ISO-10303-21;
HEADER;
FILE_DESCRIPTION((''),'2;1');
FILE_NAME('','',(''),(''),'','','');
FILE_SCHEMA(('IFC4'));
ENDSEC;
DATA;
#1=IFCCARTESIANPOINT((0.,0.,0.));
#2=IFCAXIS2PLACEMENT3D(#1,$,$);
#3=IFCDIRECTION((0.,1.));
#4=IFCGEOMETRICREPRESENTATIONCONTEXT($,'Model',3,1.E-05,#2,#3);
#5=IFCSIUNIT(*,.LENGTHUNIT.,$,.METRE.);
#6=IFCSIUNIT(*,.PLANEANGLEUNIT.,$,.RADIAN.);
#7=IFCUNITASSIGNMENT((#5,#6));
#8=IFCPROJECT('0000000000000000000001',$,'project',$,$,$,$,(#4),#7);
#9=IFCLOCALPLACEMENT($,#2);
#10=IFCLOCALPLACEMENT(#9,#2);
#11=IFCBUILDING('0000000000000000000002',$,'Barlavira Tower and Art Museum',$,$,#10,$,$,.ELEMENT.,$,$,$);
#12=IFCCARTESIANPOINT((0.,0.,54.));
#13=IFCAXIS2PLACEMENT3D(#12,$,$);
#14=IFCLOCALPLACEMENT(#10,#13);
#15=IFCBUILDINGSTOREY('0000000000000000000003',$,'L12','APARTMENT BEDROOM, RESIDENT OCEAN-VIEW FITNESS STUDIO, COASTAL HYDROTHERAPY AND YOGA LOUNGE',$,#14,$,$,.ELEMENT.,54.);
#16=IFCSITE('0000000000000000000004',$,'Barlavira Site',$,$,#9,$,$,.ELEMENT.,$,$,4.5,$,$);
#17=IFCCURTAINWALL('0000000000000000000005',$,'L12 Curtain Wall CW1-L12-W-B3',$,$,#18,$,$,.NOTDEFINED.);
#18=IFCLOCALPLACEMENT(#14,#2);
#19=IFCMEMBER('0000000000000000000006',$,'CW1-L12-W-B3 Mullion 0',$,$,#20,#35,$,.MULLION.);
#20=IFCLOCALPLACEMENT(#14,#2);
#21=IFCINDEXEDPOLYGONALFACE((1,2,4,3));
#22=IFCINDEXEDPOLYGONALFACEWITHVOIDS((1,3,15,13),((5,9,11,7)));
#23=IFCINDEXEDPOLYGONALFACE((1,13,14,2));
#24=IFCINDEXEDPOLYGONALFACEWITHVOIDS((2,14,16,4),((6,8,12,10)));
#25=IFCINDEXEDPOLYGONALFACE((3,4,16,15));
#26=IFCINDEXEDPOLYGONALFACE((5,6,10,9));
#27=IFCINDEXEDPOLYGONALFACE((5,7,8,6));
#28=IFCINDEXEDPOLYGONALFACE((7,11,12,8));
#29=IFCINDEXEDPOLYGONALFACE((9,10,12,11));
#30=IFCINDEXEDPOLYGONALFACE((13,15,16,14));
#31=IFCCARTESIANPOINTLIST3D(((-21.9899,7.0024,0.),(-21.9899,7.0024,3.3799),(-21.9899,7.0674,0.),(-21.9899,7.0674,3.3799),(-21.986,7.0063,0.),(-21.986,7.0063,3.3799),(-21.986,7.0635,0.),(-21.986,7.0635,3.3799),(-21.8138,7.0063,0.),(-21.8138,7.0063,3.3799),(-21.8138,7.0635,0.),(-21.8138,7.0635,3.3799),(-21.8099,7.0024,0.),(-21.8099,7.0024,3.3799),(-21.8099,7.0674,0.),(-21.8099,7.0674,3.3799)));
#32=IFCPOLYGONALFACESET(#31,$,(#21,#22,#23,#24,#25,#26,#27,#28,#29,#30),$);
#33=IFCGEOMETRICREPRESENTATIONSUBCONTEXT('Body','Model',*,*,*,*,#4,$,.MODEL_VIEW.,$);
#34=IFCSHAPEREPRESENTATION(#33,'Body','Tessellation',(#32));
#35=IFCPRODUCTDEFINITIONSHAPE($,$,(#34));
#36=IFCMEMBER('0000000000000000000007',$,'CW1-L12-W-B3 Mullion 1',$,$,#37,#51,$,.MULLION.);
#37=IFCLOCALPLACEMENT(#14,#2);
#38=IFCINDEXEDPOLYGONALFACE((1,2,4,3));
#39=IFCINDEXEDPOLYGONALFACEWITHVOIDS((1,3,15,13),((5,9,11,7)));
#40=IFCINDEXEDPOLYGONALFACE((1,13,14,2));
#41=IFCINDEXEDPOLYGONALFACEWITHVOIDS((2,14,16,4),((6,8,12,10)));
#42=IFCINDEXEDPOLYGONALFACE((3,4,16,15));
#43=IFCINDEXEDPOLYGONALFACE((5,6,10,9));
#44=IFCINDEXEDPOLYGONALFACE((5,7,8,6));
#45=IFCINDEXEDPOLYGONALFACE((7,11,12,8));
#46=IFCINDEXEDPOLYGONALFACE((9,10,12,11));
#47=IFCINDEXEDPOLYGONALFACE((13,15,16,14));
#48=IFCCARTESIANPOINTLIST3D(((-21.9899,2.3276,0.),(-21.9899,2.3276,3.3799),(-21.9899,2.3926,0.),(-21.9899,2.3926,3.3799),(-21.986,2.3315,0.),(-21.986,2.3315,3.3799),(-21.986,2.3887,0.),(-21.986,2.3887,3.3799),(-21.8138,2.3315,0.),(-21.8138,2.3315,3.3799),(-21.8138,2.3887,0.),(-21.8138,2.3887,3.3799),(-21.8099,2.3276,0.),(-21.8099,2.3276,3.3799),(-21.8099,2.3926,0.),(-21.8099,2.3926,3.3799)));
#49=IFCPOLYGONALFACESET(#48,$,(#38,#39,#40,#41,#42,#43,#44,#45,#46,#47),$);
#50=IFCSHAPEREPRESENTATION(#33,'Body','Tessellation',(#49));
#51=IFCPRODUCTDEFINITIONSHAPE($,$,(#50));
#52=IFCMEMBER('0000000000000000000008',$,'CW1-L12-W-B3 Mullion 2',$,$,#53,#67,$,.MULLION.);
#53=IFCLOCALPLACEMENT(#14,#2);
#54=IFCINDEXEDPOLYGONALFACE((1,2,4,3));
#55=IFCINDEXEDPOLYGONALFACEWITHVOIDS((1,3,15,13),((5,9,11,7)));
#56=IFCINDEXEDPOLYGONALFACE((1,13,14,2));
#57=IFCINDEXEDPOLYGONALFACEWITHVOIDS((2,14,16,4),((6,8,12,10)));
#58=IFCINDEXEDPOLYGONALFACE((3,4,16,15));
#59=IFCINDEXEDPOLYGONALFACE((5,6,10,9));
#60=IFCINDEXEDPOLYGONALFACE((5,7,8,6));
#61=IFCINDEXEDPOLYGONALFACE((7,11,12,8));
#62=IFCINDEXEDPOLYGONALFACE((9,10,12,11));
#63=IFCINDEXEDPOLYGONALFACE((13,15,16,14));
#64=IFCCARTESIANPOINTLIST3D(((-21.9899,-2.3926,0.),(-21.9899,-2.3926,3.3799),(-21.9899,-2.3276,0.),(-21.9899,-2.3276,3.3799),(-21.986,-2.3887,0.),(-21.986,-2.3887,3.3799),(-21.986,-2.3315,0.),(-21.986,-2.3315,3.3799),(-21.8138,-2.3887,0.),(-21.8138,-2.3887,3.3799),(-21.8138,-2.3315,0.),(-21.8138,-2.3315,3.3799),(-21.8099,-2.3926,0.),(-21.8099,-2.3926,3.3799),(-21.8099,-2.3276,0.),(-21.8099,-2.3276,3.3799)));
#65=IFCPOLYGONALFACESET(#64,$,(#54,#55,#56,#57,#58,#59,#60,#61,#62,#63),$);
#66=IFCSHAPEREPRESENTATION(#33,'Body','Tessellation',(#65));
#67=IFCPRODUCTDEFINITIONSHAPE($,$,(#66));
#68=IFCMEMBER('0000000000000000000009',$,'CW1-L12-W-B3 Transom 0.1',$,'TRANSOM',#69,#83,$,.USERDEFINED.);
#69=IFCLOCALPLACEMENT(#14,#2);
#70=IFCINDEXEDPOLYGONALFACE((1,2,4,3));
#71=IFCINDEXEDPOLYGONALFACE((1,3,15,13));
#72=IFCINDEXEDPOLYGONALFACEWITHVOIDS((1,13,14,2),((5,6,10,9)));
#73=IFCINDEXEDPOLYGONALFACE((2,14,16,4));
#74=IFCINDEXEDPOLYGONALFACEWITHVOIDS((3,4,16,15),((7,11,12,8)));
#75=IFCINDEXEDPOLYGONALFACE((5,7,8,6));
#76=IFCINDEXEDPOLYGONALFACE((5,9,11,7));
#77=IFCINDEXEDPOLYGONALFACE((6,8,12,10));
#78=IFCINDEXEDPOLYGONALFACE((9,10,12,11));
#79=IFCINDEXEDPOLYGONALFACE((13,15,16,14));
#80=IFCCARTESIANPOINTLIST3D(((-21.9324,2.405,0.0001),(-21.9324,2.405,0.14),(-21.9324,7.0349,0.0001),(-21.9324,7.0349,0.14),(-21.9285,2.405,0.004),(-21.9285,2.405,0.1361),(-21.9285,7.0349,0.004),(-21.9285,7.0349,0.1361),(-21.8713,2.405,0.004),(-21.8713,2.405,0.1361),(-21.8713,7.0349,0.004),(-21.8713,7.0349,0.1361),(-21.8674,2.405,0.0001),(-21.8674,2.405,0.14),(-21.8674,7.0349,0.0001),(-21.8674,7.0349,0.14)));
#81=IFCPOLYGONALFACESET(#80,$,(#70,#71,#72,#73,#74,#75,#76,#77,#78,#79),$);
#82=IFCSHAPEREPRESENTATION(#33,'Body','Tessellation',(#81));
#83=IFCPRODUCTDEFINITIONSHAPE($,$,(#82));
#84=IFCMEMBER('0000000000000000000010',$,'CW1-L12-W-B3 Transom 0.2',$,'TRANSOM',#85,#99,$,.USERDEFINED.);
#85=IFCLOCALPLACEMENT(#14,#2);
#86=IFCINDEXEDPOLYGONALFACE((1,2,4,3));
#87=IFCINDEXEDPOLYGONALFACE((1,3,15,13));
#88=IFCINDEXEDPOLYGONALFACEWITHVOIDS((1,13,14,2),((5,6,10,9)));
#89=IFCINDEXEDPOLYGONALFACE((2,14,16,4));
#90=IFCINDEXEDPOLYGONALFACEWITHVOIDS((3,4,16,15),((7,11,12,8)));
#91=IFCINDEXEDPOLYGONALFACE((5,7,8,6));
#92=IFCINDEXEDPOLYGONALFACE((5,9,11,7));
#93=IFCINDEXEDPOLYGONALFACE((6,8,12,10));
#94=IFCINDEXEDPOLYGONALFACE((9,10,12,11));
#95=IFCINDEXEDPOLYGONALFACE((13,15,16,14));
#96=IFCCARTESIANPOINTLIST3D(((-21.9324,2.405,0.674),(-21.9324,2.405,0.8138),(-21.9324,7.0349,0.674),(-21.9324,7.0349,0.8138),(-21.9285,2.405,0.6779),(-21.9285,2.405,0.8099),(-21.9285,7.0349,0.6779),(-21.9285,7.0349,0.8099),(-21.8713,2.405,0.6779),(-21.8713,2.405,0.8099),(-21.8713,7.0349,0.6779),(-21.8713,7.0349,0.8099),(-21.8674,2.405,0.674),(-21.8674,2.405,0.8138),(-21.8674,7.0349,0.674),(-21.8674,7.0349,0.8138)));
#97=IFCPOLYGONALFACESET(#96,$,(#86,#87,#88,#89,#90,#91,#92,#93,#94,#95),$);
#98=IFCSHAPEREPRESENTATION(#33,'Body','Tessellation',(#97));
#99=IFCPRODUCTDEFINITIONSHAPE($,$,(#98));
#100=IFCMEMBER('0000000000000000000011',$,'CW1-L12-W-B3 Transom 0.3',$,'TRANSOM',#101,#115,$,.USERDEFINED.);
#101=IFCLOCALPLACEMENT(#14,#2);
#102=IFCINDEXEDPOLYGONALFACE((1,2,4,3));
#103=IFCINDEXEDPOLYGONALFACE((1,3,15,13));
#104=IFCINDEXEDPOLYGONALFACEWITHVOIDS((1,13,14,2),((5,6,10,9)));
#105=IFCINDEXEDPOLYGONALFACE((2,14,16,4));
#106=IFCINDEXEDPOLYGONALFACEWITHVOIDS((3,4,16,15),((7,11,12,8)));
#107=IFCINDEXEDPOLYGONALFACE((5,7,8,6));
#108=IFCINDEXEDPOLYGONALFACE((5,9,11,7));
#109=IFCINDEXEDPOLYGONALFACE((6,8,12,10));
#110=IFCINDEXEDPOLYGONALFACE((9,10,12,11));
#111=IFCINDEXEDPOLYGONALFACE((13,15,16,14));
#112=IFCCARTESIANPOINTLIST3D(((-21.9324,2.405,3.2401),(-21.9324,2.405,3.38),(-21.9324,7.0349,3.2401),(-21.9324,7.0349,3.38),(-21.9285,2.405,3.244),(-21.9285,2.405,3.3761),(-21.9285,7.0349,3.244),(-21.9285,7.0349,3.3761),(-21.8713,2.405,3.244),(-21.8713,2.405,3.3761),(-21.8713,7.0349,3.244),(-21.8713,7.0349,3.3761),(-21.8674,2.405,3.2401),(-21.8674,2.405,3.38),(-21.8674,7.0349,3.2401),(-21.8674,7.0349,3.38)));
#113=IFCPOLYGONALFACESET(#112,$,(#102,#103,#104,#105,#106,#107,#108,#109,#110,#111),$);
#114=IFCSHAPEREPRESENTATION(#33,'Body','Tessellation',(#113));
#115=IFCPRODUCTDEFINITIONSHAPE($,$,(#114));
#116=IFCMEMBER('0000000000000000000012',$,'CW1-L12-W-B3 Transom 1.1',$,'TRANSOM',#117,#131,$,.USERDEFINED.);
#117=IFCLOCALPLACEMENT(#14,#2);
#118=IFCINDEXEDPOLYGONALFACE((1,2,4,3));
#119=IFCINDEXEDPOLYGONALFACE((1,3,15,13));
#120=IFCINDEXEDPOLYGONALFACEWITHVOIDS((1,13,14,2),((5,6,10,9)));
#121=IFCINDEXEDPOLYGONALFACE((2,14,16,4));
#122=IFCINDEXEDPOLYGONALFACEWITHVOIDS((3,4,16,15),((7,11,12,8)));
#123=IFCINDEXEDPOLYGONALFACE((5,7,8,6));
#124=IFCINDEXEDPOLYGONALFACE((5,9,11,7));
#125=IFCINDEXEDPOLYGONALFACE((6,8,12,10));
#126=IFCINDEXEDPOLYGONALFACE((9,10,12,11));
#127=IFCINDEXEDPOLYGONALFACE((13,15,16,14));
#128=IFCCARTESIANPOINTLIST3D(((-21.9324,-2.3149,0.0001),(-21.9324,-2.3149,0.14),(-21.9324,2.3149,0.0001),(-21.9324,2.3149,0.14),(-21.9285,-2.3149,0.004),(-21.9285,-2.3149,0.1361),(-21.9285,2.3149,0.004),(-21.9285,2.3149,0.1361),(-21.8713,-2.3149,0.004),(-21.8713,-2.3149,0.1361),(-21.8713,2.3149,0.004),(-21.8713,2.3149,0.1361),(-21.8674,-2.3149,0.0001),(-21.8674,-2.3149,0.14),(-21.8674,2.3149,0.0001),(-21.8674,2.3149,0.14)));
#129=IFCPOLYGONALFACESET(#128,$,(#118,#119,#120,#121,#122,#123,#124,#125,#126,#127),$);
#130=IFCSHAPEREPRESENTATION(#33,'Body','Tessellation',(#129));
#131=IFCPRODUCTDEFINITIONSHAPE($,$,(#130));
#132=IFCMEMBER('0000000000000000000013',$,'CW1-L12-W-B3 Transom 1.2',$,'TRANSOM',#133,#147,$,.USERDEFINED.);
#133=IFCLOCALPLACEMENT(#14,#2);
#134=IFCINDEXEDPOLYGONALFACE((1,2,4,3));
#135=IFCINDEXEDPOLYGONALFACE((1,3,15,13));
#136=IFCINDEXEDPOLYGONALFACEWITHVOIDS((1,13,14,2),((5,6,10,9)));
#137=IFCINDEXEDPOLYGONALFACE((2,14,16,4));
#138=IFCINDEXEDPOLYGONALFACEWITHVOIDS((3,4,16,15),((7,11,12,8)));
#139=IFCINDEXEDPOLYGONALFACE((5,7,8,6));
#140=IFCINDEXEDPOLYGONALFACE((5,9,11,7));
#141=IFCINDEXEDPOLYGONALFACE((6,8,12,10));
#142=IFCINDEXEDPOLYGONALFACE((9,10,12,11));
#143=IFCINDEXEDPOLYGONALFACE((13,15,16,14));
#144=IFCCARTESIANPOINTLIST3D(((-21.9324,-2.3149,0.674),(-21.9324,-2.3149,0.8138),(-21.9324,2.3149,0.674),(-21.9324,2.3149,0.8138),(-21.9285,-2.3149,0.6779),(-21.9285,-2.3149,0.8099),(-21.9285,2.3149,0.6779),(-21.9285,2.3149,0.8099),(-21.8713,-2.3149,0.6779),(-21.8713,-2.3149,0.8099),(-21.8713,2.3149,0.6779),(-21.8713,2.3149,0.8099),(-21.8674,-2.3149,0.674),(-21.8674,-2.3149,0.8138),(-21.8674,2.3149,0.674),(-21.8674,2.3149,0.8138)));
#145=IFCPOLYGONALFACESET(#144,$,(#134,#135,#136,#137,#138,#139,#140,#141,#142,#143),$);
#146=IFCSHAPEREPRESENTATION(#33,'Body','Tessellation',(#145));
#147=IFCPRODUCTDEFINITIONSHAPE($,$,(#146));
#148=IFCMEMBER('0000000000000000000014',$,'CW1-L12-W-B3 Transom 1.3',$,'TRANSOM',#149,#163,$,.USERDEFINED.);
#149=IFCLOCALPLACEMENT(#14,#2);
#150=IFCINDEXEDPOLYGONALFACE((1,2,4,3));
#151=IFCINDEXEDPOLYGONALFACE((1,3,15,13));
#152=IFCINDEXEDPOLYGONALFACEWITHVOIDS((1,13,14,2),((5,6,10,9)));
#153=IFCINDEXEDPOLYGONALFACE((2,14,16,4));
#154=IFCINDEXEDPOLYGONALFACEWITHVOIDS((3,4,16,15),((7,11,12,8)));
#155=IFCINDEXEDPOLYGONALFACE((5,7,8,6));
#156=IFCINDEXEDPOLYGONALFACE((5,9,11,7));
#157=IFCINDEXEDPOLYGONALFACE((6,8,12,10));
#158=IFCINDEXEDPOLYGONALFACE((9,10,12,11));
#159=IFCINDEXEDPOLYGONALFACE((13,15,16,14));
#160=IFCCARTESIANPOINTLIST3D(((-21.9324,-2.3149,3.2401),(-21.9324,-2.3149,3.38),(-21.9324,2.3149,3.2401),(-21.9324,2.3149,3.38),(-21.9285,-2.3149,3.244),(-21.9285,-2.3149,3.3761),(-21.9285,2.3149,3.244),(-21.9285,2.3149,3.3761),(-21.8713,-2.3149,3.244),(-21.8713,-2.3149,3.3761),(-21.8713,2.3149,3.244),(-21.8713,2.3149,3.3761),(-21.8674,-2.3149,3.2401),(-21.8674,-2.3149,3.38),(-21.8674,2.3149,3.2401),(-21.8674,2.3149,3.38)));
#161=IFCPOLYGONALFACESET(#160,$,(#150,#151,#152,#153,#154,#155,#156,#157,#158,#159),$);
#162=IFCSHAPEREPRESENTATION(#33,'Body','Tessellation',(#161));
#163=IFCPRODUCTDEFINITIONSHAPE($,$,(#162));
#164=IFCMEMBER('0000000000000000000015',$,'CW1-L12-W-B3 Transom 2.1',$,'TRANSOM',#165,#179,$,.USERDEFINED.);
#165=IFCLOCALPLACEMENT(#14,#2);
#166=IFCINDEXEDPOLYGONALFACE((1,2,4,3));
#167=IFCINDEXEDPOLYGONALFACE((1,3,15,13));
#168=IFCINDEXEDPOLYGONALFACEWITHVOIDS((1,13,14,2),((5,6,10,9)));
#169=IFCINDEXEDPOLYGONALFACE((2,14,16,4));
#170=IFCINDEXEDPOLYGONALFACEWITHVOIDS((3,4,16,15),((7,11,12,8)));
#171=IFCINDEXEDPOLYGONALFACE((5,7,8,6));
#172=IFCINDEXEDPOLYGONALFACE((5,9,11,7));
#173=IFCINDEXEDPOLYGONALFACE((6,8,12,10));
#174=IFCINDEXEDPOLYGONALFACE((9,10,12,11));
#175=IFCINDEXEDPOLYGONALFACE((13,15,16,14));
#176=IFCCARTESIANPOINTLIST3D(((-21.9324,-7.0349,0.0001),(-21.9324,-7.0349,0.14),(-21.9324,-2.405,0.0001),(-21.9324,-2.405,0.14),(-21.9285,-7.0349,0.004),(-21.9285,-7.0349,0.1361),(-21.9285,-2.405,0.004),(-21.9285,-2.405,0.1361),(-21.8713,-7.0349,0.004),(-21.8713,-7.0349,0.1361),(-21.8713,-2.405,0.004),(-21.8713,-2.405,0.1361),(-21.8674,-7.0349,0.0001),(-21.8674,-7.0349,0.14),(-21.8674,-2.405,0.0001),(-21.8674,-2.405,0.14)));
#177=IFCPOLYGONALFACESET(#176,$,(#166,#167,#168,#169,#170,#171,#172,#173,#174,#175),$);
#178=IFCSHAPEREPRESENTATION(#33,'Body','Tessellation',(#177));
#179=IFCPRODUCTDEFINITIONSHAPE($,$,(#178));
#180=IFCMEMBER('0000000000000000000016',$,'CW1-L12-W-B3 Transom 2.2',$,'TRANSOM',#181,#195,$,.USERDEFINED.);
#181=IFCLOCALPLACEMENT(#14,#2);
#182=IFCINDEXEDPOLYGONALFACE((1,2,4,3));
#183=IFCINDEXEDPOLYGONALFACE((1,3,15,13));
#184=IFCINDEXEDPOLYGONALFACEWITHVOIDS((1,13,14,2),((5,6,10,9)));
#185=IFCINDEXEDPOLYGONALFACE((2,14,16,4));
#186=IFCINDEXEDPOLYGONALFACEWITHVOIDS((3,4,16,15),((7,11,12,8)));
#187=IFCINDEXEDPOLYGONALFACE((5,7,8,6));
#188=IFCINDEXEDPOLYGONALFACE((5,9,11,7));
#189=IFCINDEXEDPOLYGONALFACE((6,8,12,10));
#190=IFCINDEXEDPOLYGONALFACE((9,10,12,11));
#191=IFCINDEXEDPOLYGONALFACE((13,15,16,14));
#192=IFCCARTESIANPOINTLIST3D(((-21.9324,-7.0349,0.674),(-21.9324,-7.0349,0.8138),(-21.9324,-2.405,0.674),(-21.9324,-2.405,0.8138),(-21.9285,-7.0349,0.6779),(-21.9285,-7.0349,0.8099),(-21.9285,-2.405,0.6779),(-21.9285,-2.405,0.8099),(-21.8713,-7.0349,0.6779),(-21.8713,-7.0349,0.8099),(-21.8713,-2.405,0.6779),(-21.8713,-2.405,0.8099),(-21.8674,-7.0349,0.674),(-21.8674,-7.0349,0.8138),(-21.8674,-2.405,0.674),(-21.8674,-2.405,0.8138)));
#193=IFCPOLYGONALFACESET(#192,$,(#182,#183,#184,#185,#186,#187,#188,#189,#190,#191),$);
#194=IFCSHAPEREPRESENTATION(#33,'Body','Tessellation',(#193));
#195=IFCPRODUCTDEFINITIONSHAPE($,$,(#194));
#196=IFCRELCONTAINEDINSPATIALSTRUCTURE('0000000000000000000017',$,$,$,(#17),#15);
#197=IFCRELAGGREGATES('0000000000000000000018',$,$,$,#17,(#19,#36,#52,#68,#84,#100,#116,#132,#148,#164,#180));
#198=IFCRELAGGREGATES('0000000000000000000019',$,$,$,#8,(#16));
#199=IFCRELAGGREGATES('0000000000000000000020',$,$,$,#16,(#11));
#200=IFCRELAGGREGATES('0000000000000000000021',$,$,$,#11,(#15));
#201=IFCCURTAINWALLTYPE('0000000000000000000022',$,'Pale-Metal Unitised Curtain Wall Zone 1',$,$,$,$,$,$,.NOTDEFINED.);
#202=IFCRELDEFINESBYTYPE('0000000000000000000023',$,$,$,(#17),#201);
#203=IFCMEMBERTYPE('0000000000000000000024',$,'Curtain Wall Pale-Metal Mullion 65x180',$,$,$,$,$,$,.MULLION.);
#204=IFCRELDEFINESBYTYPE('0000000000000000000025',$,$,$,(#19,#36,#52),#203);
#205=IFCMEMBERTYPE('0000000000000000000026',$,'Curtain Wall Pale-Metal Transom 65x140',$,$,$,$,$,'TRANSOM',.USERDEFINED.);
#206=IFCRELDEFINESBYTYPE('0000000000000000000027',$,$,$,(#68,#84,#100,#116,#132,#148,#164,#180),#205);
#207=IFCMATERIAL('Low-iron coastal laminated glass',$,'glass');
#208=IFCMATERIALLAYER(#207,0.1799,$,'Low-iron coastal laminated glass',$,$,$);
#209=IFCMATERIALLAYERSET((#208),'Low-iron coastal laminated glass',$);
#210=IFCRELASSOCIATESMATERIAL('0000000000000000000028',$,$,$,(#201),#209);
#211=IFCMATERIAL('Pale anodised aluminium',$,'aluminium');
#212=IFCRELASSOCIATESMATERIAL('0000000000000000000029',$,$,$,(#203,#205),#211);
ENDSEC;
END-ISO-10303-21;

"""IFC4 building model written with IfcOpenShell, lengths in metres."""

from ifc_helpers import new_model, si_unit, direction, frame, origin, origin_2d, place, context, subcontext, project, spatial, hollow_rectangle, extrude, material, layer, layer_set, material_profile, profile_set, type_object, element, aggregate, save


model = new_model("IFC4")

# Units and contexts
model_context = context("Model", 3, precision=1e-05, world=origin(), true_north=direction((0.0, 1.0)))
body_context = subcontext(model_context, "Body", "Model", "MODEL_VIEW")
ifc_project = project(units=[si_unit("LENGTHUNIT", "METRE"), si_unit("PLANEANGLEUNIT", "RADIAN")], contexts=[model_context])

# Site, building, storey
site_placement = place(None, origin())
site = spatial("IfcSite", under=ifc_project, at=site_placement, Name="Barlavira Site", CompositionType="ELEMENT", RefElevation=4.5)
building_placement = place(site_placement, origin())
building = spatial("IfcBuilding", under=site, at=building_placement, Name="Barlavira Tower and Art Museum", CompositionType="ELEMENT")
storey_placement = place(building_placement, frame((0.0, 0.0, 54.0)))
storey = spatial("IfcBuildingStorey", under=building, at=storey_placement, Name="L12", Description="APARTMENT BEDROOM, RESIDENT OCEAN-VIEW FITNESS STUDIO, COASTAL HYDROTHERAPY AND YOGA LOUNGE", CompositionType="ELEMENT", Elevation=54.0)

# Curtain wall, members
ifc_material_1 = material(Name="Low-iron coastal laminated glass", Category="glass")
ifc_layer_1 = layer(ifc_material_1, 0.1799, Name="Low-iron coastal laminated glass")
ifc_layer_set_1 = layer_set([ifc_layer_1], Name="Low-iron coastal laminated glass")
curtain_wall_type = type_object("IfcCurtainWallType", Name="Pale-Metal Unitised Curtain Wall Zone 1", PredefinedType="NOTDEFINED", material=ifc_layer_set_1)
curtain_wall_placement = place(storey_placement, origin())
curtain_wall = element("IfcCurtainWall", 1, at=curtain_wall_placement, inside=storey, type_object=curtain_wall_type, Name="L12 Curtain Wall CW1-L12-W-B3", PredefinedType="NOTDEFINED")
ifc_material_2 = material(Name="Pale anodised aluminium", Category="aluminium")
ifc_material_profile_1 = material_profile(ifc_material_2, hollow_rectangle(XDim=0.0649, YDim=0.1799, WallThickness=0.0039, at=origin_2d()), Name="ALU-MULL 65x180x4")
ifc_profile_set_1 = profile_set([ifc_material_profile_1], Name="Pale anodised aluminium")
member_type_1 = type_object("IfcMemberType", Name="Curtain Wall Pale-Metal Mullion 65x180", PredefinedType="MULLION", material=ifc_profile_set_1)
member_1_placement = place(storey_placement, frame((-21.8999, 7.0349, 0.0), z_axis=(0.0, 0.0, 1.0), x_axis=(0.0, -1.0, 0.0)))
member_1 = element("IfcMember", 2, at=member_1_placement, type_object=member_type_1, Name="CW1-L12-W-B3 Mullion 0", PredefinedType="MULLION", context=body_context, shape_type="SweptSolid", body=[
    extrude(hollow_rectangle(XDim=0.0649, YDim=0.1799, WallThickness=0.0039, at=origin_2d()), origin(), (0.0, 0.0, 1.0), 3.3799),
])
member_2_placement = place(storey_placement, frame((-21.8999, 2.3601, 0.0), z_axis=(0.0, 0.0, 1.0), x_axis=(0.0, -1.0, 0.0)))
member_2 = element("IfcMember", 3, at=member_2_placement, type_object=member_type_1, Name="CW1-L12-W-B3 Mullion 1", PredefinedType="MULLION", context=body_context, shape_type="SweptSolid", body=[
    extrude(hollow_rectangle(XDim=0.0649, YDim=0.1799, WallThickness=0.0039, at=origin_2d()), origin(), (0.0, 0.0, 1.0), 3.3799),
])
member_3_placement = place(storey_placement, frame((-21.8999, -2.3601, 0.0), z_axis=(0.0, 0.0, 1.0), x_axis=(0.0, -1.0, 0.0)))
member_3 = element("IfcMember", 4, at=member_3_placement, type_object=member_type_1, Name="CW1-L12-W-B3 Mullion 2", PredefinedType="MULLION", context=body_context, shape_type="SweptSolid", body=[
    extrude(hollow_rectangle(XDim=0.0649, YDim=0.1799, WallThickness=0.0039, at=origin_2d()), origin(), (0.0, 0.0, 1.0), 3.3799),
])
ifc_material_profile_2 = material_profile(ifc_material_2, hollow_rectangle(XDim=0.0649, YDim=0.1399, WallThickness=0.0039, at=origin_2d()), Name="ALU-TRAN 65x140x4")
ifc_profile_set_2 = profile_set([ifc_material_profile_2], Name="Pale anodised aluminium")
member_type_2 = type_object("IfcMemberType", Name="Curtain Wall Pale-Metal Transom 65x140", ElementType="TRANSOM", PredefinedType="USERDEFINED", material=ifc_profile_set_2)
member_4_placement = place(storey_placement, frame((-21.8999, 7.0349, 0.0701), z_axis=(0.0, -1.0, 0.0), x_axis=(1.0, 0.0, 0.0)))
member_4 = element("IfcMember", 5, at=member_4_placement, type_object=member_type_2, Name="CW1-L12-W-B3 Transom 0.1", ObjectType="TRANSOM", PredefinedType="USERDEFINED", context=body_context, shape_type="SweptSolid", body=[
    extrude(hollow_rectangle(XDim=0.0649, YDim=0.1399, WallThickness=0.0039, at=origin_2d()), origin(), (0.0, 0.0, 1.0), 4.6299),
])
member_5_placement = place(storey_placement, frame((-21.8999, 7.0349, 0.7439), z_axis=(0.0, -1.0, 0.0), x_axis=(1.0, 0.0, 0.0)))
member_5 = element("IfcMember", 6, at=member_5_placement, type_object=member_type_2, Name="CW1-L12-W-B3 Transom 0.2", ObjectType="TRANSOM", PredefinedType="USERDEFINED", context=body_context, shape_type="SweptSolid", body=[
    extrude(hollow_rectangle(XDim=0.0649, YDim=0.1399, WallThickness=0.0039, at=origin_2d()), origin(), (0.0, 0.0, 1.0), 4.6299),
])
member_6_placement = place(storey_placement, frame((-21.8999, 7.0349, 3.3101), z_axis=(0.0, -1.0, 0.0), x_axis=(1.0, 0.0, 0.0)))
member_6 = element("IfcMember", 7, at=member_6_placement, type_object=member_type_2, Name="CW1-L12-W-B3 Transom 0.3", ObjectType="TRANSOM", PredefinedType="USERDEFINED", context=body_context, shape_type="SweptSolid", body=[
    extrude(hollow_rectangle(XDim=0.0649, YDim=0.1399, WallThickness=0.0039, at=origin_2d()), origin(), (0.0, 0.0, 1.0), 4.6299),
])
member_7_placement = place(storey_placement, frame((-21.8999, 2.3149, 0.0701), z_axis=(0.0, -1.0, 0.0), x_axis=(1.0, 0.0, 0.0)))
member_7 = element("IfcMember", 8, at=member_7_placement, type_object=member_type_2, Name="CW1-L12-W-B3 Transom 1.1", ObjectType="TRANSOM", PredefinedType="USERDEFINED", context=body_context, shape_type="SweptSolid", body=[
    extrude(hollow_rectangle(XDim=0.0649, YDim=0.1399, WallThickness=0.0039, at=origin_2d()), origin(), (0.0, 0.0, 1.0), 4.6299),
])
member_8_placement = place(storey_placement, frame((-21.8999, 2.3149, 0.7439), z_axis=(0.0, -1.0, 0.0), x_axis=(1.0, 0.0, 0.0)))
member_8 = element("IfcMember", 9, at=member_8_placement, type_object=member_type_2, Name="CW1-L12-W-B3 Transom 1.2", ObjectType="TRANSOM", PredefinedType="USERDEFINED", context=body_context, shape_type="SweptSolid", body=[
    extrude(hollow_rectangle(XDim=0.0649, YDim=0.1399, WallThickness=0.0039, at=origin_2d()), origin(), (0.0, 0.0, 1.0), 4.6299),
])
member_9_placement = place(storey_placement, frame((-21.8999, 2.3149, 3.3101), z_axis=(0.0, -1.0, 0.0), x_axis=(1.0, 0.0, 0.0)))
member_9 = element("IfcMember", 10, at=member_9_placement, type_object=member_type_2, Name="CW1-L12-W-B3 Transom 1.3", ObjectType="TRANSOM", PredefinedType="USERDEFINED", context=body_context, shape_type="SweptSolid", body=[
    extrude(hollow_rectangle(XDim=0.0649, YDim=0.1399, WallThickness=0.0039, at=origin_2d()), origin(), (0.0, 0.0, 1.0), 4.6299),
])
member_10_placement = place(storey_placement, frame((-21.8999, -2.405, 0.0701), z_axis=(0.0, -1.0, 0.0), x_axis=(1.0, 0.0, 0.0)))
member_10 = element("IfcMember", 11, at=member_10_placement, type_object=member_type_2, Name="CW1-L12-W-B3 Transom 2.1", ObjectType="TRANSOM", PredefinedType="USERDEFINED", context=body_context, shape_type="SweptSolid", body=[
    extrude(hollow_rectangle(XDim=0.0649, YDim=0.1399, WallThickness=0.0039, at=origin_2d()), origin(), (0.0, 0.0, 1.0), 4.6299),
])
member_11_placement = place(storey_placement, frame((-21.8999, -2.405, 0.7439), z_axis=(0.0, -1.0, 0.0), x_axis=(1.0, 0.0, 0.0)))
member_11 = element("IfcMember", 12, at=member_11_placement, type_object=member_type_2, Name="CW1-L12-W-B3 Transom 2.2", ObjectType="TRANSOM", PredefinedType="USERDEFINED", context=body_context, shape_type="SweptSolid", body=[
    extrude(hollow_rectangle(XDim=0.0649, YDim=0.1399, WallThickness=0.0039, at=origin_2d()), origin(), (0.0, 0.0, 1.0), 4.6299),
])
aggregate(curtain_wall, [member_1, member_2, member_3, member_4, member_5, member_6, member_7, member_8, member_9, member_10, member_11])

save(model, "model.ifc")
